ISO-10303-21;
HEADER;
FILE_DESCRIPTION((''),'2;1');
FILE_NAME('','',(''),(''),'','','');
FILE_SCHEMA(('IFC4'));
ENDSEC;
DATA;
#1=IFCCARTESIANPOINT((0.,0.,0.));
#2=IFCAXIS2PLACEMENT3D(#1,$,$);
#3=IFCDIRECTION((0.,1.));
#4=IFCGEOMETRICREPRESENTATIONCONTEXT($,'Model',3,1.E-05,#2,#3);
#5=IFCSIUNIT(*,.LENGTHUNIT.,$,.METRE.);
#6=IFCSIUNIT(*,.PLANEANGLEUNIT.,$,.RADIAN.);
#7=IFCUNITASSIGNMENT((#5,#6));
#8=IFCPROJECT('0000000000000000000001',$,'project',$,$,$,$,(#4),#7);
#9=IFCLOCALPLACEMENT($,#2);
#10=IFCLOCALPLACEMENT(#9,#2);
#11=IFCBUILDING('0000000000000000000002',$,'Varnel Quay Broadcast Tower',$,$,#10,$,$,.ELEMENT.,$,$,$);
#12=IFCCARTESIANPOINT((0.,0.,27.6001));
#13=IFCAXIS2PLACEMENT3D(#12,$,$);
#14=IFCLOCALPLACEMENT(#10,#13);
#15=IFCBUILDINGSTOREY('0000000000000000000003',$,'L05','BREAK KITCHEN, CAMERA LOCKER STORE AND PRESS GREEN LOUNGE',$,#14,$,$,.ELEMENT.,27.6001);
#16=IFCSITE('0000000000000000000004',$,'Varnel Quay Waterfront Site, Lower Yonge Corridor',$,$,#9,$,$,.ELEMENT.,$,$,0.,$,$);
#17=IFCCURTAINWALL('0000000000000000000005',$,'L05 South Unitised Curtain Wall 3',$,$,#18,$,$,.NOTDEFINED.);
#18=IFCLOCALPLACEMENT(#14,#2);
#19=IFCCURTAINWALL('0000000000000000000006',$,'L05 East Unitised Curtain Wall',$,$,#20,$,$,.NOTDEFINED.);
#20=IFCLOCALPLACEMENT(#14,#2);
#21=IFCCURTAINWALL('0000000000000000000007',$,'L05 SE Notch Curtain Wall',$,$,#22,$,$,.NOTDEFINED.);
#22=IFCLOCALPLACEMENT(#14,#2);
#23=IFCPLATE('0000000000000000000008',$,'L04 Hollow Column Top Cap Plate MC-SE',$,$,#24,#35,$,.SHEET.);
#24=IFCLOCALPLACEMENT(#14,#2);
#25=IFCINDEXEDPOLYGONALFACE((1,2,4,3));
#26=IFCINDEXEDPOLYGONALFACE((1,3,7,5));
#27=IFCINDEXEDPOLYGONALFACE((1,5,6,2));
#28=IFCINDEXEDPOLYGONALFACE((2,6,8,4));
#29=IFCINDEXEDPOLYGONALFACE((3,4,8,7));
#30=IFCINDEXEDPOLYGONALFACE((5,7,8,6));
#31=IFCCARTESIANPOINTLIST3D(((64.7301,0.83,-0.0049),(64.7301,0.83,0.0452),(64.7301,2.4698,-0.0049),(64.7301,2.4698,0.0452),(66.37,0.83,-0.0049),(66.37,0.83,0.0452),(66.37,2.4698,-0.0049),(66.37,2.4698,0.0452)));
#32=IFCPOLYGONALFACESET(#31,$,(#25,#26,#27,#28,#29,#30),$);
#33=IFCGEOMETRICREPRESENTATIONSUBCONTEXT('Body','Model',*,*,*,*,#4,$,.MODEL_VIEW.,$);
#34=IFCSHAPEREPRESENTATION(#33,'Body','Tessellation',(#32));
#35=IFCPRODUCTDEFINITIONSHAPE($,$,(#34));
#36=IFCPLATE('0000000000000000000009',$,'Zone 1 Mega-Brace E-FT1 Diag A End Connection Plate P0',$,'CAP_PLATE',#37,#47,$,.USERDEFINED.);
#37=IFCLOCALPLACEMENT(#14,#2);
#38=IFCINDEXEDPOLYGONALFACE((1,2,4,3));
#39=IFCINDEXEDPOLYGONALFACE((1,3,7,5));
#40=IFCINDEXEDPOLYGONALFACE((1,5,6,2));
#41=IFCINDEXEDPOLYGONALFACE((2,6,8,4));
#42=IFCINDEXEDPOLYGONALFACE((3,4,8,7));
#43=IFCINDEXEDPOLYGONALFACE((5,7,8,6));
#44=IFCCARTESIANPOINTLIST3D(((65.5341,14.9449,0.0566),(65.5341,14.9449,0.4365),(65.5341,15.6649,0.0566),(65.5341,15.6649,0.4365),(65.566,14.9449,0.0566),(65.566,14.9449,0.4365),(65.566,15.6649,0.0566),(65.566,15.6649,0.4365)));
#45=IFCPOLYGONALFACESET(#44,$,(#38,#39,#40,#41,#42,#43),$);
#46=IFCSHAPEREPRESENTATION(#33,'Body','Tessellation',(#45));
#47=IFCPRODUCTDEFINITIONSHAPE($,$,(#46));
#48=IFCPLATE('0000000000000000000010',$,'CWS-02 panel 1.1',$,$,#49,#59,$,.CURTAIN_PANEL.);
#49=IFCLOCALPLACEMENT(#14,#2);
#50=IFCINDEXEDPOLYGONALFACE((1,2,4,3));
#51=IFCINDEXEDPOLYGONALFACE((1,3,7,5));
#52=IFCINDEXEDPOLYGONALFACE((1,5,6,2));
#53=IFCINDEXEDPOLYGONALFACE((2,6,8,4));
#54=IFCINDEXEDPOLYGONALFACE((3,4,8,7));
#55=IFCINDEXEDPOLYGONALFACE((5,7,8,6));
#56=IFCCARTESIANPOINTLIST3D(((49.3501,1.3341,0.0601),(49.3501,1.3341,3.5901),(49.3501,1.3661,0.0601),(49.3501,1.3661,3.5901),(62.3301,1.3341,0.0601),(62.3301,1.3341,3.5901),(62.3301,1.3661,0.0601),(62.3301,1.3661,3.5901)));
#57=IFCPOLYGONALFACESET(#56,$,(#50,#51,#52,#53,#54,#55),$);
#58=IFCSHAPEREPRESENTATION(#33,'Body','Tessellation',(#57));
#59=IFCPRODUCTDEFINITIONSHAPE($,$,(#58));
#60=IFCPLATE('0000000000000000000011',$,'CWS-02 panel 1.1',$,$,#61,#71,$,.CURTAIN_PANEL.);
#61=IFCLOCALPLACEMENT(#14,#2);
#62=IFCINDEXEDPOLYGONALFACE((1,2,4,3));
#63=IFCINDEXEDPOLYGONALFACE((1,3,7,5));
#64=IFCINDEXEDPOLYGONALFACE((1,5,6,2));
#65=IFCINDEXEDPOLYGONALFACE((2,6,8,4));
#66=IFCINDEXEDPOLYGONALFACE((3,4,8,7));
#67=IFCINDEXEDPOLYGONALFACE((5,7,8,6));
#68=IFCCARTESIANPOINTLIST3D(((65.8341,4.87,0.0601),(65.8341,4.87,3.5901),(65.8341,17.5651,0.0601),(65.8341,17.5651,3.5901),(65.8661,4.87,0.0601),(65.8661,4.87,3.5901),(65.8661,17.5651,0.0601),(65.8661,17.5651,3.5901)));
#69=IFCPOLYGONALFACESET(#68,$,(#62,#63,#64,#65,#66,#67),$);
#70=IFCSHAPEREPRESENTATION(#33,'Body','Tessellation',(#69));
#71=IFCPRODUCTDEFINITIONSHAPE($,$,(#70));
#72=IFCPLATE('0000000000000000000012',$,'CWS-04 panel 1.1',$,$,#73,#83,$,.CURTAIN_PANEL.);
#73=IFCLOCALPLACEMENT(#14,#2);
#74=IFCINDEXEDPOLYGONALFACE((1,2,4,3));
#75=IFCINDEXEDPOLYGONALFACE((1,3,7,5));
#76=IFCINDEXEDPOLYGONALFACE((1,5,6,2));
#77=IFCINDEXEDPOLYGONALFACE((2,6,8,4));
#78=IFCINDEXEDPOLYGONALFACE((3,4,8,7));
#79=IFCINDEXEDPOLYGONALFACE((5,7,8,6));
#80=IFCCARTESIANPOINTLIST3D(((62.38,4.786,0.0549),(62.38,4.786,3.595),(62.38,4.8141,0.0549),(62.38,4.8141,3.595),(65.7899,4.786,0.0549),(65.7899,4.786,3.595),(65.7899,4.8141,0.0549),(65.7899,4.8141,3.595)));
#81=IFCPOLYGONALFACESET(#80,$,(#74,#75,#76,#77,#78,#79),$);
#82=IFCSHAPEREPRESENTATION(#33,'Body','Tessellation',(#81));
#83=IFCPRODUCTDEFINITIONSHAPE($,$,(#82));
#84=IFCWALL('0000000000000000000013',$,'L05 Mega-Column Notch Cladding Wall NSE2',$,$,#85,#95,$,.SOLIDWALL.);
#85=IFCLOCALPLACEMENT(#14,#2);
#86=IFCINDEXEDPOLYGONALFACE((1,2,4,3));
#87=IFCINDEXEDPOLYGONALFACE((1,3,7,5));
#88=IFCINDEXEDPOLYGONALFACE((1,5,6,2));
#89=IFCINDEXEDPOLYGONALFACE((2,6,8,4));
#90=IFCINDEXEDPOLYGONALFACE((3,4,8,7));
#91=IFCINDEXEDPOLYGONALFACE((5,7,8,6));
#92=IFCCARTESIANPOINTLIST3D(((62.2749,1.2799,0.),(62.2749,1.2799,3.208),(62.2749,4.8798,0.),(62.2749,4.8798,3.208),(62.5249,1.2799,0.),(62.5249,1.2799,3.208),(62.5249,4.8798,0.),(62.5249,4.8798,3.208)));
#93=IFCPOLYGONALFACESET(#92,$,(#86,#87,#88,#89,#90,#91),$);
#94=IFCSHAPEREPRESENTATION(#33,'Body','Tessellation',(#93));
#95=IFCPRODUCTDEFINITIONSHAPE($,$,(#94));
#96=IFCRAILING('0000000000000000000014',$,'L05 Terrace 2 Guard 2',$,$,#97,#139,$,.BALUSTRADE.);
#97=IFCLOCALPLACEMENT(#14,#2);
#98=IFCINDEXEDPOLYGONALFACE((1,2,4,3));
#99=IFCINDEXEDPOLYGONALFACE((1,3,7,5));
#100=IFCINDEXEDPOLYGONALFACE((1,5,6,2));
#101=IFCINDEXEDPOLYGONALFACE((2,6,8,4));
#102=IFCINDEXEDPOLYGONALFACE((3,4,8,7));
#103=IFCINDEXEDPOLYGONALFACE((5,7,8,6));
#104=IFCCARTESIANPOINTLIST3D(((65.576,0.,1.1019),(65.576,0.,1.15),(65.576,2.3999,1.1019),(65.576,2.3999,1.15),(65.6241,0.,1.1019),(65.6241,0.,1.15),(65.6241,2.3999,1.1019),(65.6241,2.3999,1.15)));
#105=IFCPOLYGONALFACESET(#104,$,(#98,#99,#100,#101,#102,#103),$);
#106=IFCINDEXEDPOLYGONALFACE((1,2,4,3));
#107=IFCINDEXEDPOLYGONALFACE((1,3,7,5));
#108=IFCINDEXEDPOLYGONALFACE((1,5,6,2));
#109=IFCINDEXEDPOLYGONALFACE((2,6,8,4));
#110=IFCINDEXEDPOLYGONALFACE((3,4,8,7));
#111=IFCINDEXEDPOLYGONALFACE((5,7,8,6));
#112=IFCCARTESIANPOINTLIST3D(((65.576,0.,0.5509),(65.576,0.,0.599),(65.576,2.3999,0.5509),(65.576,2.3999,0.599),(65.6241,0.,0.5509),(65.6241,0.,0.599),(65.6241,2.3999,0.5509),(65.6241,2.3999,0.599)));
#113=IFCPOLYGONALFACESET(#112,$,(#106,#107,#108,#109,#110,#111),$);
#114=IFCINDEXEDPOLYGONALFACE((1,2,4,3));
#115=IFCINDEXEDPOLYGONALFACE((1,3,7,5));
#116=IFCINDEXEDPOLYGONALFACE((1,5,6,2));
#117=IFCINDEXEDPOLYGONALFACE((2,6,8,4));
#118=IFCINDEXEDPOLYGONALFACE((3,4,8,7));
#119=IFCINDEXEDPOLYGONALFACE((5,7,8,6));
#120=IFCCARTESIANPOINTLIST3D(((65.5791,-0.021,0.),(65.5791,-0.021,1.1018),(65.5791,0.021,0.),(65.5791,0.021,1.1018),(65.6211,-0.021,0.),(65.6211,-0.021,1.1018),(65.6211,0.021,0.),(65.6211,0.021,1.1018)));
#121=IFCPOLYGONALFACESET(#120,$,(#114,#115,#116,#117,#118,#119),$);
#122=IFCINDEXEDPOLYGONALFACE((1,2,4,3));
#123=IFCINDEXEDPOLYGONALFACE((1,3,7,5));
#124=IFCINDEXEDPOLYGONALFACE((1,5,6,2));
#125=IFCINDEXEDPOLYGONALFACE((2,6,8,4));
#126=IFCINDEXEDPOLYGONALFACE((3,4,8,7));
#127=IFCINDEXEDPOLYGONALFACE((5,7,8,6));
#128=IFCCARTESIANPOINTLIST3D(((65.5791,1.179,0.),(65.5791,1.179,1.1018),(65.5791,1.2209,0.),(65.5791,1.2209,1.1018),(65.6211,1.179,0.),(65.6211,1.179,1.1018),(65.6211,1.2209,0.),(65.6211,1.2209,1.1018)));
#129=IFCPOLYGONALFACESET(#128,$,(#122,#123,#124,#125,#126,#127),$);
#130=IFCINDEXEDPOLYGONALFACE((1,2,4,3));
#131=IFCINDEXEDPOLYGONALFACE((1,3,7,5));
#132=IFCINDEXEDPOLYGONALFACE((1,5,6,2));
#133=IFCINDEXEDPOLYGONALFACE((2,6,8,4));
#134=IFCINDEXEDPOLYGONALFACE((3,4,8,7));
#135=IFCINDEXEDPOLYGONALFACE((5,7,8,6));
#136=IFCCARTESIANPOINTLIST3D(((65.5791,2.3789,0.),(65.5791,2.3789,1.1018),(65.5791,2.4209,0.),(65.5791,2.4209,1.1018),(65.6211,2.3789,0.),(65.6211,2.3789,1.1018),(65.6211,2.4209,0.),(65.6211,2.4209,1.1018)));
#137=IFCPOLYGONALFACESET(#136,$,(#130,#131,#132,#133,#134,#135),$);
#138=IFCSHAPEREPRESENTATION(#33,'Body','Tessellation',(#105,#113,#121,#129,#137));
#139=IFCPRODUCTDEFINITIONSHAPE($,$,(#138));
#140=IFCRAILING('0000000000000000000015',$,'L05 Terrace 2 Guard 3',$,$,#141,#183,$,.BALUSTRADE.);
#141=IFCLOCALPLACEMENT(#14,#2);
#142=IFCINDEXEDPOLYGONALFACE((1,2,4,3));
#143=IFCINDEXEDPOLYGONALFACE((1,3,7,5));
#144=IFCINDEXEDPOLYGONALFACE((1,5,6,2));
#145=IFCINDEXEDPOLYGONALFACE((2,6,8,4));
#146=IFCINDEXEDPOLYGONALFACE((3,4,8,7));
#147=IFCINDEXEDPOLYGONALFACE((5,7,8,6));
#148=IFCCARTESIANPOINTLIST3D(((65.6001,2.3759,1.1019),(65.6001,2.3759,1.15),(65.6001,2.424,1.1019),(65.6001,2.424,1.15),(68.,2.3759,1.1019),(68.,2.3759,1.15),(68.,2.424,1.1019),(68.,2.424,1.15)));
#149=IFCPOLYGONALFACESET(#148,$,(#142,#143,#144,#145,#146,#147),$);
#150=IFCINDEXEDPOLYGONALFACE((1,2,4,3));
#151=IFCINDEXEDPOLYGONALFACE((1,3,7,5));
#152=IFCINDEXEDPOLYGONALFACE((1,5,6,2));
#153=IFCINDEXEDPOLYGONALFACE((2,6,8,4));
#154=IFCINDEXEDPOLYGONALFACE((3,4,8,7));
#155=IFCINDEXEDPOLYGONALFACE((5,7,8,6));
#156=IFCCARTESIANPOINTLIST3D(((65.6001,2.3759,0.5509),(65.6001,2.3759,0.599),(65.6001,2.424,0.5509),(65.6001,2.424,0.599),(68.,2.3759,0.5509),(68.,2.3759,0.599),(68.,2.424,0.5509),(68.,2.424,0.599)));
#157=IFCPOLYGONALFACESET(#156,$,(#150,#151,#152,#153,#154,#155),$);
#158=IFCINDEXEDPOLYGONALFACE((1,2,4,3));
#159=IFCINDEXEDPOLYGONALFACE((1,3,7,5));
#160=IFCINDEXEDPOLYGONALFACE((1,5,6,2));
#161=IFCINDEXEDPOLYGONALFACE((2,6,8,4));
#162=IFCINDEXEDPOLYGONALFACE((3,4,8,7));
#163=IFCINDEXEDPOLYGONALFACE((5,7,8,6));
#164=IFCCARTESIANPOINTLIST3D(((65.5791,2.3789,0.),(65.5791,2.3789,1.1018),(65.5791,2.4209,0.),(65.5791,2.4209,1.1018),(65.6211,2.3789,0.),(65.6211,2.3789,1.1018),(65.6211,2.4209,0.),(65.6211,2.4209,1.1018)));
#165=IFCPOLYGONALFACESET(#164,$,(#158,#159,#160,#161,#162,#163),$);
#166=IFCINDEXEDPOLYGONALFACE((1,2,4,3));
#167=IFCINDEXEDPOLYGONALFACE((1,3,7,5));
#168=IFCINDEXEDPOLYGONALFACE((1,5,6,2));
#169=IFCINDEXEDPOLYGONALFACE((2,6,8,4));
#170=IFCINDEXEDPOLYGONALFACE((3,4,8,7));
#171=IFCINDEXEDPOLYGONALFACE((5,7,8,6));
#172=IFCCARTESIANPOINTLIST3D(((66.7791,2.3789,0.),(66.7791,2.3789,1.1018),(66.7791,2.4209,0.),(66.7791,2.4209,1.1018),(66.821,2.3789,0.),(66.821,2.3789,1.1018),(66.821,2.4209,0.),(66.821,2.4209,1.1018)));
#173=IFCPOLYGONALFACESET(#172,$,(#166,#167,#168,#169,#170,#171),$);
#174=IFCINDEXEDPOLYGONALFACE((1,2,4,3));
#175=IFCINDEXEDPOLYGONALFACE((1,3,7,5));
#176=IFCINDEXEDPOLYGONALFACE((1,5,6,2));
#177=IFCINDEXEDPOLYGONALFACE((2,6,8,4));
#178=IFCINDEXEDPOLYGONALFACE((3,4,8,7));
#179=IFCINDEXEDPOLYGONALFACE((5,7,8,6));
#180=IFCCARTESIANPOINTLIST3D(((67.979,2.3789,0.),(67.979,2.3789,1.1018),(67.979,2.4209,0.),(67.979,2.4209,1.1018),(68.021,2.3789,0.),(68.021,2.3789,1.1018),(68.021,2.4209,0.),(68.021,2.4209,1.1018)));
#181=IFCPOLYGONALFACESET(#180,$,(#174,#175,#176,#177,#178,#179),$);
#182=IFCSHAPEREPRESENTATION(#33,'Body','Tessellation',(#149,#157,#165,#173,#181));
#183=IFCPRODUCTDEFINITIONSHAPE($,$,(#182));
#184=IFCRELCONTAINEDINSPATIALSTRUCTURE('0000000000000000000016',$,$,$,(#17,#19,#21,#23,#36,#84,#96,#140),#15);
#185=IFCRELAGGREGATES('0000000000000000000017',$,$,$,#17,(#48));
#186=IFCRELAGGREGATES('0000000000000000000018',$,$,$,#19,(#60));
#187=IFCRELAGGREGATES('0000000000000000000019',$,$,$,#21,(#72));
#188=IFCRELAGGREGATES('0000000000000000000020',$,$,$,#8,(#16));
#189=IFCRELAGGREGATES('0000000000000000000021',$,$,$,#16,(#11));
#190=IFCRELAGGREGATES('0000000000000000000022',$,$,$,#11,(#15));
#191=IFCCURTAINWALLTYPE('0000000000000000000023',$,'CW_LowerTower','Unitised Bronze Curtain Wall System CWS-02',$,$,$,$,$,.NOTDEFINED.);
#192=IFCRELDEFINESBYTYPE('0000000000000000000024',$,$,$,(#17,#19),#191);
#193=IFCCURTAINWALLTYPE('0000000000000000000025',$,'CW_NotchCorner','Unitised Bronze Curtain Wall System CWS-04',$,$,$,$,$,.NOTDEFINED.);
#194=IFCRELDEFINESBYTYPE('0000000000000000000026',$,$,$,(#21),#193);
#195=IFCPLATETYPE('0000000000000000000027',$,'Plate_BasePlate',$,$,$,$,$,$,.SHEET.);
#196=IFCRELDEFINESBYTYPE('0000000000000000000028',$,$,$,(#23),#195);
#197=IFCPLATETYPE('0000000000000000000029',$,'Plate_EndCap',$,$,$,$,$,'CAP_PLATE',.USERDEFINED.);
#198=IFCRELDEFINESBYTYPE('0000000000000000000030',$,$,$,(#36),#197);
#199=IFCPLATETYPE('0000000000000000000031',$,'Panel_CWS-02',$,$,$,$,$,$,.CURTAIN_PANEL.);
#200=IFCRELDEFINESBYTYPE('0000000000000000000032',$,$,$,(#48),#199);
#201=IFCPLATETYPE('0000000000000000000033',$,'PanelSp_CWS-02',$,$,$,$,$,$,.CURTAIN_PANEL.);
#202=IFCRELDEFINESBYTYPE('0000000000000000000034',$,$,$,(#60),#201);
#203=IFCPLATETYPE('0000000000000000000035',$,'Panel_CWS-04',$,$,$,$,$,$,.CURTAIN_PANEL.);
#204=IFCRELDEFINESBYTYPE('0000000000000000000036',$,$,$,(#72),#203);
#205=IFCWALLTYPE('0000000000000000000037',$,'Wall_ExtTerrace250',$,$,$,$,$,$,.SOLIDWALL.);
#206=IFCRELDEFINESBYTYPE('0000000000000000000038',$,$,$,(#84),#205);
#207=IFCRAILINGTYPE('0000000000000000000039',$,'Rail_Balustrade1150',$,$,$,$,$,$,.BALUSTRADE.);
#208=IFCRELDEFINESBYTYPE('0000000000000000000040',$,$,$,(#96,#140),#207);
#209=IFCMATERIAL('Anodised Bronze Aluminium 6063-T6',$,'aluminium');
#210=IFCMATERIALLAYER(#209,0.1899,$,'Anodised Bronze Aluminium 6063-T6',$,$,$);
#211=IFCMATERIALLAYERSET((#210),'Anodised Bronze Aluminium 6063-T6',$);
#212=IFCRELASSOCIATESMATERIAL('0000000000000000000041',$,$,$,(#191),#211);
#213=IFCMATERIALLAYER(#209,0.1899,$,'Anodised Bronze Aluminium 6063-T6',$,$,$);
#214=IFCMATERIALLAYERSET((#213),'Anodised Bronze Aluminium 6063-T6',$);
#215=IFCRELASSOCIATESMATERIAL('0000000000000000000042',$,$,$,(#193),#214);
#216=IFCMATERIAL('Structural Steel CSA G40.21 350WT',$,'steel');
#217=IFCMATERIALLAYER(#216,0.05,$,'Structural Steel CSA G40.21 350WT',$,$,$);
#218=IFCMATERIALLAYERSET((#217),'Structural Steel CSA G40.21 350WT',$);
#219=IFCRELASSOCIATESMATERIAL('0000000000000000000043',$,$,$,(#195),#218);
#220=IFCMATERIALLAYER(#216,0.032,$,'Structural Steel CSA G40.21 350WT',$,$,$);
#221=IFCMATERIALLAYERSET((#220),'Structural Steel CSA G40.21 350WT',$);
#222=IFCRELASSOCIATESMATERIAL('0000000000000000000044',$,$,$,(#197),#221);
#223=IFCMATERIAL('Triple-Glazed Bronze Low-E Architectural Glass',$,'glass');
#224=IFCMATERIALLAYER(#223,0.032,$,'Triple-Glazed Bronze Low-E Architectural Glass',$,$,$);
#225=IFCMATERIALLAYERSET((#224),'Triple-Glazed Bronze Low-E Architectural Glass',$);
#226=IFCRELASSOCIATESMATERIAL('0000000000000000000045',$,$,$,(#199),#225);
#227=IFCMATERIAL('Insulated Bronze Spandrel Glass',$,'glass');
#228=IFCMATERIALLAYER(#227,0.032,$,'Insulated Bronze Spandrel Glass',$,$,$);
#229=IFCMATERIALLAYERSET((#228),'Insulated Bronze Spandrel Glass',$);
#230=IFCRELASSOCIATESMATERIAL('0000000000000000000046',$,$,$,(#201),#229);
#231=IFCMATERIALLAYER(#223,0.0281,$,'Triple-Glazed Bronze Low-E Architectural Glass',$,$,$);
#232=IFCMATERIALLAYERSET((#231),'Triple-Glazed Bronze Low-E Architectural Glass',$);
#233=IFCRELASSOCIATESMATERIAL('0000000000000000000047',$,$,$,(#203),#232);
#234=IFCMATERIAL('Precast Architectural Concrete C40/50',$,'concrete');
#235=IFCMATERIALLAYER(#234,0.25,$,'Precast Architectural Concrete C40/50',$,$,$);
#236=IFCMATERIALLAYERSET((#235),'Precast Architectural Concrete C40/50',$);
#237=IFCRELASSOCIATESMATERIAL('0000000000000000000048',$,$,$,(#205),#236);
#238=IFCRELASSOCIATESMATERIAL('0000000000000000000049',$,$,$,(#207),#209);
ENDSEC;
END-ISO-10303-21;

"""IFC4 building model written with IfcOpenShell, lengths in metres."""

from ifc_helpers import new_model, si_unit, direction, frame, frame_2d, origin, origin_2d, place, context, subcontext, project, spatial, rectangle, extrude, source, transform, mapped, material, layer, layer_set, type_object, type_shapes, element, aggregate, save


model = new_model("IFC4")

# Units and contexts
model_context = context("Model", 3, precision=1e-05, world=origin(), true_north=direction((0.0, 1.0)))
body_context = subcontext(model_context, "Body", "Model", "MODEL_VIEW")
ifc_project = project(units=[si_unit("LENGTHUNIT", "METRE"), si_unit("PLANEANGLEUNIT", "RADIAN")], contexts=[model_context])

# Site, building, storey
site_placement = place(None, origin())
site = spatial("IfcSite", under=ifc_project, at=site_placement, Name="Varnel Quay Waterfront Site, Lower Yonge Corridor", CompositionType="ELEMENT", RefElevation=0.0)
building_placement = place(site_placement, origin())
building = spatial("IfcBuilding", under=site, at=building_placement, Name="Varnel Quay Broadcast Tower", CompositionType="ELEMENT")
storey_placement = place(building_placement, frame((0.0, 0.0, 27.6001)))
storey = spatial("IfcBuildingStorey", under=building, at=storey_placement, Name="L05", Description="BREAK KITCHEN, CAMERA LOCKER STORE AND PRESS GREEN LOUNGE", CompositionType="ELEMENT", Elevation=27.6001)

# Shared definitions
ifc_material_1 = material(Name="Structural Steel CSA G40.21 350WT", Category="steel")

# Curtain wall
ifc_material_2 = material(Name="Anodised Bronze Aluminium 6063-T6", Category="aluminium")
ifc_layer_1 = layer(ifc_material_2, 0.1899, Name="Anodised Bronze Aluminium 6063-T6")
ifc_layer_set_1 = layer_set([ifc_layer_1], Name="Anodised Bronze Aluminium 6063-T6")
curtain_wall_type_1 = type_object("IfcCurtainWallType", Name="CW_LowerTower", Description="Unitised Bronze Curtain Wall System CWS-02", PredefinedType="NOTDEFINED", material=ifc_layer_set_1)
curtain_wall_1_placement = place(storey_placement, origin())
curtain_wall_1 = element("IfcCurtainWall", 1, at=curtain_wall_1_placement, inside=storey, type_object=curtain_wall_type_1, Name="L05 South Unitised Curtain Wall 3", PredefinedType="NOTDEFINED")

# Curtain wall
curtain_wall_2_placement = place(storey_placement, origin())
curtain_wall_2 = element("IfcCurtainWall", 2, at=curtain_wall_2_placement, inside=storey, type_object=curtain_wall_type_1, Name="L05 East Unitised Curtain Wall", PredefinedType="NOTDEFINED")

# Curtain wall
ifc_layer_2 = layer(ifc_material_2, 0.1899, Name="Anodised Bronze Aluminium 6063-T6")
ifc_layer_set_2 = layer_set([ifc_layer_2], Name="Anodised Bronze Aluminium 6063-T6")
curtain_wall_type_2 = type_object("IfcCurtainWallType", Name="CW_NotchCorner", Description="Unitised Bronze Curtain Wall System CWS-04", PredefinedType="NOTDEFINED", material=ifc_layer_set_2)
curtain_wall_3_placement = place(storey_placement, origin())
curtain_wall_3 = element("IfcCurtainWall", 3, at=curtain_wall_3_placement, inside=storey, type_object=curtain_wall_type_2, Name="L05 SE Notch Curtain Wall", PredefinedType="NOTDEFINED")

# Plates
ifc_layer_3 = layer(ifc_material_1, 0.05, Name="Structural Steel CSA G40.21 350WT")
ifc_layer_set_3 = layer_set([ifc_layer_3], Name="Structural Steel CSA G40.21 350WT")
plate_type_1 = type_object("IfcPlateType", Name="Plate_BasePlate", PredefinedType="SHEET", material=ifc_layer_set_3)
shared_shape_1 = source(origin(), body_context, "Body", "SweptSolid", [
    extrude(rectangle(XDim=1.6399, YDim=1.6399, at=origin_2d()), origin(), (0.0, 0.0, 1.0), 0.05),
])
type_shapes(plate_type_1, [shared_shape_1])
plate_1_placement = place(storey_placement, frame((65.55, 1.6499, -0.0049), z_axis=(0.0, 0.0, 1.0), x_axis=(1.0, 0.0, 0.0)))
element("IfcPlate", 4, at=plate_1_placement, inside=storey, type_object=plate_type_1, Name="L04 Hollow Column Top Cap Plate MC-SE", PredefinedType="SHEET", context=body_context, shape_type="MappedRepresentation", body=[
    mapped(shared_shape_1, transform((0.0, 0.0, 0.0), x_axis=(1.0, 0.0, 0.0), y_axis=(0.0, 1.0, 0.0), z_axis=(0.0, 0.0, 1.0), scale=1.0)),
])
ifc_layer_4 = layer(ifc_material_1, 0.032, Name="Structural Steel CSA G40.21 350WT")
ifc_layer_set_4 = layer_set([ifc_layer_4], Name="Structural Steel CSA G40.21 350WT")
plate_type_2 = type_object("IfcPlateType", Name="Plate_EndCap", ElementType="CAP_PLATE", PredefinedType="USERDEFINED", material=ifc_layer_set_4)
shared_shape_2 = source(origin(), body_context, "Body", "SweptSolid", [
    extrude(rectangle(XDim=0.72, YDim=0.032, at=origin_2d()), origin(), (0.0, 0.0, 1.0), 0.3799),
])
type_shapes(plate_type_2, [shared_shape_2])
plate_2_placement = place(storey_placement, frame((65.55, 15.3049, 0.0566), z_axis=(0.0, 0.0, 1.0), x_axis=(0.0, 1.0, 0.0)))
element("IfcPlate", 5, at=plate_2_placement, inside=storey, type_object=plate_type_2, Name="Zone 1 Mega-Brace E-FT1 Diag A End Connection Plate P0", ObjectType="CAP_PLATE", PredefinedType="USERDEFINED", context=body_context, shape_type="MappedRepresentation", body=[
    mapped(shared_shape_2, transform((0.0, 0.0, 0.0), x_axis=(1.0, 0.0, 0.0), y_axis=(0.0, 1.0, 0.0), z_axis=(0.0, 0.0, 1.0), scale=1.0)),
])

# Plates
ifc_material_3 = material(Name="Triple-Glazed Bronze Low-E Architectural Glass", Category="glass")
ifc_layer_5 = layer(ifc_material_3, 0.032, Name="Triple-Glazed Bronze Low-E Architectural Glass")
ifc_layer_set_5 = layer_set([ifc_layer_5], Name="Triple-Glazed Bronze Low-E Architectural Glass")
plate_type_3 = type_object("IfcPlateType", Name="Panel_CWS-02", PredefinedType="CURTAIN_PANEL", material=ifc_layer_set_5)
shared_shape_3 = source(origin(), body_context, "Body", "SweptSolid", [
    extrude(rectangle(XDim=12.98, YDim=0.032, at=origin_2d()), origin(), (0.0, 0.0, 1.0), 3.53),
])
type_shapes(plate_type_3, [shared_shape_3])
plate_3_placement = place(storey_placement, frame((55.8401, 1.3501, 0.0601), z_axis=(0.0, 0.0, 1.0), x_axis=(1.0, 0.0, 0.0)))
plate_3 = element("IfcPlate", 6, at=plate_3_placement, type_object=plate_type_3, Name="CWS-02 panel 1.1", PredefinedType="CURTAIN_PANEL", context=body_context, shape_type="MappedRepresentation", body=[
    mapped(shared_shape_3, transform((0.0, 0.0, 0.0), x_axis=(1.0, 0.0, 0.0), y_axis=(0.0, 1.0, 0.0), z_axis=(0.0, 0.0, 1.0), scale=1.0)),
])
aggregate(curtain_wall_1, [plate_3])
ifc_material_4 = material(Name="Insulated Bronze Spandrel Glass", Category="glass")
ifc_layer_6 = layer(ifc_material_4, 0.032, Name="Insulated Bronze Spandrel Glass")
ifc_layer_set_6 = layer_set([ifc_layer_6], Name="Insulated Bronze Spandrel Glass")
plate_type_4 = type_object("IfcPlateType", Name="PanelSp_CWS-02", PredefinedType="CURTAIN_PANEL", material=ifc_layer_set_6)
shared_shape_4 = source(origin(), body_context, "Body", "SweptSolid", [
    extrude(rectangle(XDim=12.6951, YDim=0.032, at=origin_2d()), origin(), (0.0, 0.0, 1.0), 3.53),
])
type_shapes(plate_type_4, [shared_shape_4])
plate_4_placement = place(storey_placement, frame((65.8501, 11.2175, 0.0601), z_axis=(0.0, 0.0, 1.0), x_axis=(0.0, 1.0, 0.0)))
plate_4 = element("IfcPlate", 7, at=plate_4_placement, type_object=plate_type_4, Name="CWS-02 panel 1.1", PredefinedType="CURTAIN_PANEL", context=body_context, shape_type="MappedRepresentation", body=[
    mapped(shared_shape_4, transform((0.0, 0.0, 0.0), x_axis=(1.0, 0.0, 0.0), y_axis=(0.0, 1.0, 0.0), z_axis=(0.0, 0.0, 1.0), scale=1.0)),
])
aggregate(curtain_wall_2, [plate_4])
ifc_layer_7 = layer(ifc_material_3, 0.0281, Name="Triple-Glazed Bronze Low-E Architectural Glass")
ifc_layer_set_7 = layer_set([ifc_layer_7], Name="Triple-Glazed Bronze Low-E Architectural Glass")
plate_type_5 = type_object("IfcPlateType", Name="Panel_CWS-04", PredefinedType="CURTAIN_PANEL", material=ifc_layer_set_7)
shared_shape_5 = source(origin(), body_context, "Body", "SweptSolid", [
    extrude(rectangle(XDim=3.4099, YDim=0.0281, at=origin_2d()), origin(), (0.0, 0.0, 1.0), 3.54),
])
type_shapes(plate_type_5, [shared_shape_5])
plate_5_placement = place(storey_placement, frame((64.085, 4.8, 0.0549), z_axis=(0.0, 0.0, 1.0), x_axis=(1.0, 0.0, 0.0)))
plate_5 = element("IfcPlate", 8, at=plate_5_placement, type_object=plate_type_5, Name="CWS-04 panel 1.1", PredefinedType="CURTAIN_PANEL", context=body_context, shape_type="MappedRepresentation", body=[
    mapped(shared_shape_5, transform((0.0, 0.0, 0.0), x_axis=(1.0, 0.0, 0.0), y_axis=(0.0, 1.0, 0.0), z_axis=(0.0, 0.0, 1.0), scale=1.0)),
])
aggregate(curtain_wall_3, [plate_5])

# Wall
ifc_material_5 = material(Name="Precast Architectural Concrete C40/50", Category="concrete")
ifc_layer_8 = layer(ifc_material_5, 0.25, Name="Precast Architectural Concrete C40/50")
ifc_layer_set_8 = layer_set([ifc_layer_8], Name="Precast Architectural Concrete C40/50")
wall_type = type_object("IfcWallType", Name="Wall_ExtTerrace250", PredefinedType="SOLIDWALL", material=ifc_layer_set_8)
wall_placement = place(storey_placement, frame((62.3999, 1.28, 0.0), z_axis=(0.0, 0.0, 1.0), x_axis=(0.0, 1.0, 0.0)))
element("IfcWall", 9, at=wall_placement, inside=storey, type_object=wall_type, Name="L05 Mega-Column Notch Cladding Wall NSE2", PredefinedType="SOLIDWALL", context=body_context, shape_type="SweptSolid", body=[
    extrude(rectangle(XDim=3.5999, YDim=0.25, at=frame_2d((1.7998, 0.0))), origin(), (0.0, 0.0, 1.0), 3.208),
])

# Railings
railing_type = type_object("IfcRailingType", Name="Rail_Balustrade1150", PredefinedType="BALUSTRADE", material=ifc_material_2)
railing_1_placement = place(storey_placement, frame((65.6001, 0.0, 0.0)))
element("IfcRailing", 10, at=railing_1_placement, inside=storey, type_object=railing_type, Name="L05 Terrace 2 Guard 2", PredefinedType="BALUSTRADE", context=body_context, shape_type="SweptSolid", body=[
    extrude(rectangle(XDim=0.0481, YDim=0.0481, at=origin_2d()), frame((0.0, 0.0, 1.126), z_axis=(0.0, 1.0, 0.0), x_axis=(-1.0, 0.0, 0.0)), (0.0, 0.0, 1.0), 2.3999),
    extrude(rectangle(XDim=0.0481, YDim=0.0481, at=origin_2d()), frame((0.0, 0.0, 0.575), z_axis=(0.0, 1.0, 0.0), x_axis=(-1.0, 0.0, 0.0)), (0.0, 0.0, 1.0), 2.3999),
    extrude(rectangle(XDim=0.042, YDim=0.042, at=origin_2d()), origin(), (0.0, 0.0, 1.0), 1.1018),
    extrude(rectangle(XDim=0.042, YDim=0.042, at=origin_2d()), frame((0.0, 1.2, 0.0)), (0.0, 0.0, 1.0), 1.1018),
    extrude(rectangle(XDim=0.042, YDim=0.042, at=origin_2d()), frame((0.0, 2.3999, 0.0)), (0.0, 0.0, 1.0), 1.1018),
])
railing_2_placement = place(storey_placement, frame((65.6001, 2.3999, 0.0)))
element("IfcRailing", 11, at=railing_2_placement, inside=storey, type_object=railing_type, Name="L05 Terrace 2 Guard 3", PredefinedType="BALUSTRADE", context=body_context, shape_type="SweptSolid", body=[
    extrude(rectangle(XDim=0.0481, YDim=0.0481, at=origin_2d()), frame((0.0, 0.0, 1.126), z_axis=(1.0, 0.0, 0.0), x_axis=(0.0, 1.0, 0.0)), (0.0, 0.0, 1.0), 2.3999),
    extrude(rectangle(XDim=0.0481, YDim=0.0481, at=origin_2d()), frame((0.0, 0.0, 0.575), z_axis=(1.0, 0.0, 0.0), x_axis=(0.0, 1.0, 0.0)), (0.0, 0.0, 1.0), 2.3999),
    extrude(rectangle(XDim=0.042, YDim=0.042, at=origin_2d()), origin(), (0.0, 0.0, 1.0), 1.1018),
    extrude(rectangle(XDim=0.042, YDim=0.042, at=origin_2d()), frame((1.2, 0.0, 0.0)), (0.0, 0.0, 1.0), 1.1018),
    extrude(rectangle(XDim=0.042, YDim=0.042, at=origin_2d()), frame((2.3999, 0.0, 0.0)), (0.0, 0.0, 1.0), 1.1018),
])

save(model, "model.ifc")
